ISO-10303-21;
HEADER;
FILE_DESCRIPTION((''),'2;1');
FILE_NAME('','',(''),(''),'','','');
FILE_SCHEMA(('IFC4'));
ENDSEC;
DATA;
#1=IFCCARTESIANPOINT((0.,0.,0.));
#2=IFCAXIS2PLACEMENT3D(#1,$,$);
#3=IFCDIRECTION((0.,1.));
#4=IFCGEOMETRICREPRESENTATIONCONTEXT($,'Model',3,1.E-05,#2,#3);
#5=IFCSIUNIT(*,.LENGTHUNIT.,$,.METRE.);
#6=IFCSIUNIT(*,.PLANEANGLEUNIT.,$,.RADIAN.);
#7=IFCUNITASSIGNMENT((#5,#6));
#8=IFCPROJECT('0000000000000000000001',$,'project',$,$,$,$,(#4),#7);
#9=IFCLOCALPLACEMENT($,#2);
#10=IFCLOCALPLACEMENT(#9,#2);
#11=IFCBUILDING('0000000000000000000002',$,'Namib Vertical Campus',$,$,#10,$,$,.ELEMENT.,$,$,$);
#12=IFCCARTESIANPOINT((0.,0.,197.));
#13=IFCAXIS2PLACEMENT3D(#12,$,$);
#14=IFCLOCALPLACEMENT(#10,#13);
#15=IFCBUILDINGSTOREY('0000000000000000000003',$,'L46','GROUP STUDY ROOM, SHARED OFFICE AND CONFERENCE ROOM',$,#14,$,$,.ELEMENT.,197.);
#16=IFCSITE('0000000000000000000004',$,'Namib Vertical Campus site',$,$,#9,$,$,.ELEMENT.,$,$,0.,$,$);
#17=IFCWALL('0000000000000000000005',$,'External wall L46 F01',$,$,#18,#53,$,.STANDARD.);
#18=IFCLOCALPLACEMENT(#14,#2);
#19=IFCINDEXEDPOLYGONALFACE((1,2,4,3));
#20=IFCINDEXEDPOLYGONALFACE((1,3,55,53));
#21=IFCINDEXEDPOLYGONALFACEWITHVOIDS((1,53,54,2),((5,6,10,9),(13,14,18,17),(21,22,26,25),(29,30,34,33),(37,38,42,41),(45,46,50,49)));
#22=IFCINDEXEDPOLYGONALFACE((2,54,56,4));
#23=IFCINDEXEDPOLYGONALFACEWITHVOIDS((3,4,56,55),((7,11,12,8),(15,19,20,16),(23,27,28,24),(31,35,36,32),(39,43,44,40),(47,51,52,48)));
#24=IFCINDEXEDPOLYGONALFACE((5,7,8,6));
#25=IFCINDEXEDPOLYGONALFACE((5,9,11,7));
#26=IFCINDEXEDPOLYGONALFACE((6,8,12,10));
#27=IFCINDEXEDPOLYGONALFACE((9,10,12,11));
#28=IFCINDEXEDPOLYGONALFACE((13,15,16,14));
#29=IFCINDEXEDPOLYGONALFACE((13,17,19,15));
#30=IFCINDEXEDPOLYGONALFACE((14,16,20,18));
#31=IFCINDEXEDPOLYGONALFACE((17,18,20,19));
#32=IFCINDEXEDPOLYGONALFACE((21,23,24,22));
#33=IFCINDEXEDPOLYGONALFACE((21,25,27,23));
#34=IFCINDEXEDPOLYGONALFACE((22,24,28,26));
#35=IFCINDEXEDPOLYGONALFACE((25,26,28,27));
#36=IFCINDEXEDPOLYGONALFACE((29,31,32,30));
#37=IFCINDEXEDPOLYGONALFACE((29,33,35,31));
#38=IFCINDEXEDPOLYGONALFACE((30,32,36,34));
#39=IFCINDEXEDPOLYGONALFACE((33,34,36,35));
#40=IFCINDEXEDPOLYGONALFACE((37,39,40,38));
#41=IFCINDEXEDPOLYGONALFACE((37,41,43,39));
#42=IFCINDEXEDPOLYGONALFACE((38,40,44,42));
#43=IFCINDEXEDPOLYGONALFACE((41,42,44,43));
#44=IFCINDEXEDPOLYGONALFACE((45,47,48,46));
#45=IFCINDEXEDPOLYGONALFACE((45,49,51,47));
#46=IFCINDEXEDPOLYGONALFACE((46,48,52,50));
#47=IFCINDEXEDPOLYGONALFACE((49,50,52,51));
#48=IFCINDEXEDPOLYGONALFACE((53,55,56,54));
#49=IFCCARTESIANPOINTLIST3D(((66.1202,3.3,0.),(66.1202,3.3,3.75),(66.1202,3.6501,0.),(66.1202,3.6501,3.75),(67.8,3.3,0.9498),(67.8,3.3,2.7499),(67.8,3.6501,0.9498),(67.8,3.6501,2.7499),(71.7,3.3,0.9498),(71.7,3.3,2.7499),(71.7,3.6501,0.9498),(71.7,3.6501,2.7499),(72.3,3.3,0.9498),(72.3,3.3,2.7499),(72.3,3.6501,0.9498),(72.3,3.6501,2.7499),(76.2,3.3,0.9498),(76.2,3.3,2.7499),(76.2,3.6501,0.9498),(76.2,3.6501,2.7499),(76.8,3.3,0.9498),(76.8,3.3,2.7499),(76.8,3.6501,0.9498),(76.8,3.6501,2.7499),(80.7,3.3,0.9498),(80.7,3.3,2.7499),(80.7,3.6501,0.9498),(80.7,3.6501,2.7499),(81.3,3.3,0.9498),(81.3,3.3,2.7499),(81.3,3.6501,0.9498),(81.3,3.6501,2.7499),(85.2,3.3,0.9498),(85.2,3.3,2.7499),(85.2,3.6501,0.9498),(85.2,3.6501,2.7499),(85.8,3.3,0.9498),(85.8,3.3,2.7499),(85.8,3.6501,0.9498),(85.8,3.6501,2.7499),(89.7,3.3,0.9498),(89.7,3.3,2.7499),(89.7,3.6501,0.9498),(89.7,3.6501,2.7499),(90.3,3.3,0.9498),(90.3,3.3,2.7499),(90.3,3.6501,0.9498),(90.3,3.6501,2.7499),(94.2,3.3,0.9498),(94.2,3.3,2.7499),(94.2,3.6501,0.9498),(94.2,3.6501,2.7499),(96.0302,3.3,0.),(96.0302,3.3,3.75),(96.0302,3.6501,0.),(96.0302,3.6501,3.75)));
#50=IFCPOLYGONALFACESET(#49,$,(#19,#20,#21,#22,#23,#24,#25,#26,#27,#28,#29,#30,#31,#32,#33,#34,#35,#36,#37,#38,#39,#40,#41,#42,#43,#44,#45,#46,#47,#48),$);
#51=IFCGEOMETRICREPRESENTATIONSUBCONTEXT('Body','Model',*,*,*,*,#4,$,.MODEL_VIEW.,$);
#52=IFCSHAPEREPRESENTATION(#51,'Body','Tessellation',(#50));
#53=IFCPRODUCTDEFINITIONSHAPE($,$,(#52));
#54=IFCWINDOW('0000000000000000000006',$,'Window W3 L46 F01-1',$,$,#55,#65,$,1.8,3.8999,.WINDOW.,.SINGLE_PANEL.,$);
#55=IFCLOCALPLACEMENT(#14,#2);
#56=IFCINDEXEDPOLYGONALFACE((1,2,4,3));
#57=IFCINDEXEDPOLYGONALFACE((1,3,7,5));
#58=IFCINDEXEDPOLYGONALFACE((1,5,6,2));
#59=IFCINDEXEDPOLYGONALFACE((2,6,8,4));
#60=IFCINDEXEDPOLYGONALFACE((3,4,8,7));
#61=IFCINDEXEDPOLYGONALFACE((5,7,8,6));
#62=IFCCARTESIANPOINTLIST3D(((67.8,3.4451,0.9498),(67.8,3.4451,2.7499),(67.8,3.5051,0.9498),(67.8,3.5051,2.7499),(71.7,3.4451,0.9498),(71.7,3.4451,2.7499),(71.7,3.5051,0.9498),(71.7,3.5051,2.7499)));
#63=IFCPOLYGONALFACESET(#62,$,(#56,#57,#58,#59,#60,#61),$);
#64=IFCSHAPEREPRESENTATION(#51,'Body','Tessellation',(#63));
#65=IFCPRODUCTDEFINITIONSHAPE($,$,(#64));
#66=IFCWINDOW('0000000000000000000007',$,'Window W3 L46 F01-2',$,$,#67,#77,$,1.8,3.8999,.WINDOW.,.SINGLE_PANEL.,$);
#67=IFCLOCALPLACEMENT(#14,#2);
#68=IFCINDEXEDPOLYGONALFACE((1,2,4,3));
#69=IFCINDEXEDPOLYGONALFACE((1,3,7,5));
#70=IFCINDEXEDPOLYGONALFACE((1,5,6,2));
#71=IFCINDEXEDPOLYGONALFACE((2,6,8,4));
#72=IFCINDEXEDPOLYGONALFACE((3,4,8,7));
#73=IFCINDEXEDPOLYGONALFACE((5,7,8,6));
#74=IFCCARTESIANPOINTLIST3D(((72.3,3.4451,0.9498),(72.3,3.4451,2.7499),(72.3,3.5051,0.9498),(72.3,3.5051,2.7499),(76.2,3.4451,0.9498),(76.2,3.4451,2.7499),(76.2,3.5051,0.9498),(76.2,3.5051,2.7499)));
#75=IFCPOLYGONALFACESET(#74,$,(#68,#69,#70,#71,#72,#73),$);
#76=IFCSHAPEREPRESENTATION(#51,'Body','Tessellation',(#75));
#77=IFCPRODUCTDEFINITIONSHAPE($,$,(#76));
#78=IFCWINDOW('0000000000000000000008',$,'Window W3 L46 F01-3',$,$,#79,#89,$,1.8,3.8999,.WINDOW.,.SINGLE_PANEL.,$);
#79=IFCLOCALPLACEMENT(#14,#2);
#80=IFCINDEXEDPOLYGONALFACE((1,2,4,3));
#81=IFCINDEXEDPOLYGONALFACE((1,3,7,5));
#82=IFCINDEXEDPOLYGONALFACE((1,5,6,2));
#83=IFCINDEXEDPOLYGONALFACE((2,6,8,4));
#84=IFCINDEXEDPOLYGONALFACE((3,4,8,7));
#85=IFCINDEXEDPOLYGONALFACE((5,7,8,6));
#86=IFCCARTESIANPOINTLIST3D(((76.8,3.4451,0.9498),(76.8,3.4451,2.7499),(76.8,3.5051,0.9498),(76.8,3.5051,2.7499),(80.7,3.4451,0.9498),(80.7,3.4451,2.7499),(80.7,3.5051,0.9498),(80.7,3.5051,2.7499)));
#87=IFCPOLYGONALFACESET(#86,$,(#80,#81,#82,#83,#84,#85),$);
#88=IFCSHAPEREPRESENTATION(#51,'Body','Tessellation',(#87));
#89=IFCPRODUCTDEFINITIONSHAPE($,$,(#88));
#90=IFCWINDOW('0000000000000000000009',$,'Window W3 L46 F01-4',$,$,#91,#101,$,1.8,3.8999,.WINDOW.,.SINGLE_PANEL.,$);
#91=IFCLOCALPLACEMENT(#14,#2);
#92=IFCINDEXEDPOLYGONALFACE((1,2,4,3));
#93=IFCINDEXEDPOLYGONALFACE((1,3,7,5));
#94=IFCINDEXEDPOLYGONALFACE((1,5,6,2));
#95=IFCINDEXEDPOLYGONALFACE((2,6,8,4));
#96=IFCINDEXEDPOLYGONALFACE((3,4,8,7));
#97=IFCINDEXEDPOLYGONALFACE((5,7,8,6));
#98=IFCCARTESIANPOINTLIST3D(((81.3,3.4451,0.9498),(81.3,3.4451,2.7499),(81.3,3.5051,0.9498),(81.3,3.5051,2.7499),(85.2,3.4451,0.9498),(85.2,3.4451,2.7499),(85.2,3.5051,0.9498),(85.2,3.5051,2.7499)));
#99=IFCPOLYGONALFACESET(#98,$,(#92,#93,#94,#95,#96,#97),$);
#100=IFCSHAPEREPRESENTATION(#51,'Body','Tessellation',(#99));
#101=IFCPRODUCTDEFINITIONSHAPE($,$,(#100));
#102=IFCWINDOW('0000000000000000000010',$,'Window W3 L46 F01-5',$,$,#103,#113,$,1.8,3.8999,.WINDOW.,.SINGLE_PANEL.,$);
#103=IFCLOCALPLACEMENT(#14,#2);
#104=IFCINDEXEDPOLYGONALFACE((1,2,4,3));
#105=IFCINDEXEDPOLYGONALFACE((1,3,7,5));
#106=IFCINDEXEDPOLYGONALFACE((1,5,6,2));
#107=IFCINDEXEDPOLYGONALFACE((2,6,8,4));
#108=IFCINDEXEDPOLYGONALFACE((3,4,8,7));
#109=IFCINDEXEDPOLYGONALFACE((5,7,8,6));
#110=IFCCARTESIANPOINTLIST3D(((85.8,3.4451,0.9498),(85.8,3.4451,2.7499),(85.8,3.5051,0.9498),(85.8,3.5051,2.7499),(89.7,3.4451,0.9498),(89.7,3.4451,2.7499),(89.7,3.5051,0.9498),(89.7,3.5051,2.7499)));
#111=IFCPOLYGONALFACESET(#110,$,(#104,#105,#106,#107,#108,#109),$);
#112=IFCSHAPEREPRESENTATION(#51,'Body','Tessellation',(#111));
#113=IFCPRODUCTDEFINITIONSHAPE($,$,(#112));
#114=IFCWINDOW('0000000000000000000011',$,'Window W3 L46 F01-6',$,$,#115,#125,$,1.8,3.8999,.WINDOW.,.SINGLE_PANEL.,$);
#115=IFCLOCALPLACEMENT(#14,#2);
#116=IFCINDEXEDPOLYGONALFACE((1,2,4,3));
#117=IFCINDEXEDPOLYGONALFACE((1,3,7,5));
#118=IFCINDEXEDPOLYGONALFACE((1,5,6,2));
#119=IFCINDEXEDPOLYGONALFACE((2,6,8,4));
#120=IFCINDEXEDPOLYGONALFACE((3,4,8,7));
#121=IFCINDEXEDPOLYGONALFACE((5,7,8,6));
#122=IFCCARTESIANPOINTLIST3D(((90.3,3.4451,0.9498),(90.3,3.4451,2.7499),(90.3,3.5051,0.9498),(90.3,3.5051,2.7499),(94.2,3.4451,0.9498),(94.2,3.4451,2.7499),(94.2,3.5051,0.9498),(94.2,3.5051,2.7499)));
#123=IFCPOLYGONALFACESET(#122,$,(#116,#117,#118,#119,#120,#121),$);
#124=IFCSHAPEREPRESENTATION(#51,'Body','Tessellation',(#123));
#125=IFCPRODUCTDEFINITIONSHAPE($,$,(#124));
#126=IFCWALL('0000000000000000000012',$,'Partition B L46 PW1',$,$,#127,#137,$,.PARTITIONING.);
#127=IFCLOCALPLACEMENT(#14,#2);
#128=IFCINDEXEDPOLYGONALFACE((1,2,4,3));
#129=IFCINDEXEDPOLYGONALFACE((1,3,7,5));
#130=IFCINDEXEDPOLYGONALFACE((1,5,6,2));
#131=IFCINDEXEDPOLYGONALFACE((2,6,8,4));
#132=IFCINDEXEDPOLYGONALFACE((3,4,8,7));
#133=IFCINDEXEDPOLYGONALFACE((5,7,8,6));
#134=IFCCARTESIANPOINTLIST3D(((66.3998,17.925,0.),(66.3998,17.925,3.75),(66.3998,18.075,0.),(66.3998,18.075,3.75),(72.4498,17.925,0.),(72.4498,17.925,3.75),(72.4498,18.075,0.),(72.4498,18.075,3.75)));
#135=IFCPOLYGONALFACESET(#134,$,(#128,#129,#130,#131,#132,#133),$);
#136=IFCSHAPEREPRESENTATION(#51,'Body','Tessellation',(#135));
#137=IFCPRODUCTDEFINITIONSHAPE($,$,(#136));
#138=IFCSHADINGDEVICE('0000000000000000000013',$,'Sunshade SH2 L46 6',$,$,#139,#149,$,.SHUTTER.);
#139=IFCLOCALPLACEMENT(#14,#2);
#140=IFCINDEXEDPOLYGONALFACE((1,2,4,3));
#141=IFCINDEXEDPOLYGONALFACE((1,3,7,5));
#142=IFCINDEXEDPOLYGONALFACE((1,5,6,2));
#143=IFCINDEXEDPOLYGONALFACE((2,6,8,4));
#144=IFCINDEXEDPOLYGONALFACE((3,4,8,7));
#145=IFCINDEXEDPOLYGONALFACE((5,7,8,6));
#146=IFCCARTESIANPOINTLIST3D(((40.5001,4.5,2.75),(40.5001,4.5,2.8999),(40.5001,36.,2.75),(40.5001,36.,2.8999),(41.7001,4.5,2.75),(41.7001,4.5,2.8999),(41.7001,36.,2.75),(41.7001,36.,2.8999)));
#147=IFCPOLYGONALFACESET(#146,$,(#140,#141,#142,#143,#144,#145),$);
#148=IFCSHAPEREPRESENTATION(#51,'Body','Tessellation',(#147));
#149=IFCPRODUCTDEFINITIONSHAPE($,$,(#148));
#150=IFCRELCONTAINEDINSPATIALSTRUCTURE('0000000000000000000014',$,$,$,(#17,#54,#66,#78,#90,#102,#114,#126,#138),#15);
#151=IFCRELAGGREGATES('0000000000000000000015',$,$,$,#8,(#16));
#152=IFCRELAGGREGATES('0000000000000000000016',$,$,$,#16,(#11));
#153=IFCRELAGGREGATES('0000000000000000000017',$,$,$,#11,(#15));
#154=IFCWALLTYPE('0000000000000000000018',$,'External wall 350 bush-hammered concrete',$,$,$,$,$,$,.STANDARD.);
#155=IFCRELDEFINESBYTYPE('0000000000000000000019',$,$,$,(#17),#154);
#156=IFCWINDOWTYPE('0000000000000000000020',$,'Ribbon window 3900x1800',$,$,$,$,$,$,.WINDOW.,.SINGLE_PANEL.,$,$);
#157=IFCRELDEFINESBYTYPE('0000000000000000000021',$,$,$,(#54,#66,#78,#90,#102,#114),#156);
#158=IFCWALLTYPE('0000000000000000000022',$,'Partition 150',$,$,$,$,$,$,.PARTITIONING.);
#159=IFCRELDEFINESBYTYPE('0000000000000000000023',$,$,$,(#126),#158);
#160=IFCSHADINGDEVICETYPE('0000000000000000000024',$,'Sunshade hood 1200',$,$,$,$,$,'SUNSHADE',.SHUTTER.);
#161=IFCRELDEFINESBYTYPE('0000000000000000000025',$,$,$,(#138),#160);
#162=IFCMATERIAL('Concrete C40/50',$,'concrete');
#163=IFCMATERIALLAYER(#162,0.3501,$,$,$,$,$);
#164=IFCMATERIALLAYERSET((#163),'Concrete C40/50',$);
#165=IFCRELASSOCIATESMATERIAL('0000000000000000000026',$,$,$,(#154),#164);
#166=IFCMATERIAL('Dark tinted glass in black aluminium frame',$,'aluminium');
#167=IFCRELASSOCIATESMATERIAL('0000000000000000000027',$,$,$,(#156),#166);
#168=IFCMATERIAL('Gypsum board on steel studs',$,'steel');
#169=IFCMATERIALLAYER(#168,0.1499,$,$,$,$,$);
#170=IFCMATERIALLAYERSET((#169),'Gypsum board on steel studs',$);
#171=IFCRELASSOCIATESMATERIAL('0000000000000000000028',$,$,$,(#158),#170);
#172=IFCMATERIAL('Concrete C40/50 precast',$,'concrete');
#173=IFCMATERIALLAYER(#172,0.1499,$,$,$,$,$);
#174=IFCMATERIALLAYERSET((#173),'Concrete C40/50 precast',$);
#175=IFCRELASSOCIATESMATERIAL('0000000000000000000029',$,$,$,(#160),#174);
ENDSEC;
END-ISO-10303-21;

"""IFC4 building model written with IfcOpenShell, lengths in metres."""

from ifc_helpers import new_model, si_unit, direction, frame, frame_2d, origin, origin_2d, place, context, subcontext, project, spatial, rectangle, extrude, material, layer, layer_set, type_object, element, fill, save


model = new_model("IFC4")

# Units and contexts
model_context = context("Model", 3, precision=1e-05, world=origin(), true_north=direction((0.0, 1.0)))
body_context = subcontext(model_context, "Body", "Model", "MODEL_VIEW")
ifc_project = project(units=[si_unit("LENGTHUNIT", "METRE"), si_unit("PLANEANGLEUNIT", "RADIAN")], contexts=[model_context])

# Site, building, storey
site_placement = place(None, origin())
site = spatial("IfcSite", under=ifc_project, at=site_placement, Name="Namib Vertical Campus site", CompositionType="ELEMENT", RefElevation=0.0)
building_placement = place(site_placement, origin())
building = spatial("IfcBuilding", under=site, at=building_placement, Name="Namib Vertical Campus", CompositionType="ELEMENT")
storey_placement = place(building_placement, frame((0.0, 0.0, 197.0)))
storey = spatial("IfcBuildingStorey", under=building, at=storey_placement, Name="L46", Description="GROUP STUDY ROOM, SHARED OFFICE AND CONFERENCE ROOM", CompositionType="ELEMENT", Elevation=197.0)

# Wall, openings, windows
ifc_material_1 = material(Name="Concrete C40/50", Category="concrete")
ifc_layer_1 = layer(ifc_material_1, 0.3501)
ifc_layer_set_1 = layer_set([ifc_layer_1], Name="Concrete C40/50")
wall_type_1 = type_object("IfcWallType", Name="External wall 350 bush-hammered concrete", PredefinedType="STANDARD", material=ifc_layer_set_1)
wall_1_placement = place(storey_placement, frame((66.1201, 3.4751, 0.0), z_axis=(0.0, 0.0, 1.0), x_axis=(1.0, 0.0, 0.0)))
wall_1 = element("IfcWall", 1, at=wall_1_placement, inside=storey, type_object=wall_type_1, Name="External wall L46 F01", PredefinedType="STANDARD", context=body_context, shape_type="SweptSolid", body=[
    extrude(rectangle(XDim=29.9099, YDim=0.3501, at=frame_2d((14.9551, 0.0))), origin(), (0.0, 0.0, 1.0), 3.75),
])
opening_1_placement = place(wall_1_placement, frame((1.6799, 0.0, 0.95)))
opening_1 = element("IfcOpeningElement", 2, at=opening_1_placement, cuts=wall_1, PredefinedType="OPENING", context=body_context, shape_type="SweptSolid", body=[
    extrude(rectangle(XDim=3.8999, YDim=1.8, at=frame_2d((1.95, 0.8999))), frame((0.0, 0.1851, 0.0), z_axis=(0.0, -1.0, 0.0), x_axis=(1.0, 0.0, 0.0)), (0.0, 0.0, 1.0), 0.3701),
])
opening_2_placement = place(wall_1_placement, frame((6.1799, 0.0, 0.95)))
opening_2 = element("IfcOpeningElement", 3, at=opening_2_placement, cuts=wall_1, PredefinedType="OPENING", context=body_context, shape_type="SweptSolid", body=[
    extrude(rectangle(XDim=3.8999, YDim=1.8, at=frame_2d((1.95, 0.8999))), frame((0.0, 0.1851, 0.0), z_axis=(0.0, -1.0, 0.0), x_axis=(1.0, 0.0, 0.0)), (0.0, 0.0, 1.0), 0.3701),
])
opening_3_placement = place(wall_1_placement, frame((10.6799, 0.0, 0.95)))
opening_3 = element("IfcOpeningElement", 4, at=opening_3_placement, cuts=wall_1, PredefinedType="OPENING", context=body_context, shape_type="SweptSolid", body=[
    extrude(rectangle(XDim=3.8999, YDim=1.8, at=frame_2d((1.95, 0.8999))), frame((0.0, 0.1851, 0.0), z_axis=(0.0, -1.0, 0.0), x_axis=(1.0, 0.0, 0.0)), (0.0, 0.0, 1.0), 0.3701),
])
opening_4_placement = place(wall_1_placement, frame((15.1799, 0.0, 0.95)))
opening_4 = element("IfcOpeningElement", 5, at=opening_4_placement, cuts=wall_1, PredefinedType="OPENING", context=body_context, shape_type="SweptSolid", body=[
    extrude(rectangle(XDim=3.8999, YDim=1.8, at=frame_2d((1.95, 0.8999))), frame((0.0, 0.1851, 0.0), z_axis=(0.0, -1.0, 0.0), x_axis=(1.0, 0.0, 0.0)), (0.0, 0.0, 1.0), 0.3701),
])
opening_5_placement = place(wall_1_placement, frame((19.6799, 0.0, 0.95)))
opening_5 = element("IfcOpeningElement", 6, at=opening_5_placement, cuts=wall_1, PredefinedType="OPENING", context=body_context, shape_type="SweptSolid", body=[
    extrude(rectangle(XDim=3.8999, YDim=1.8, at=frame_2d((1.95, 0.8999))), frame((0.0, 0.1851, 0.0), z_axis=(0.0, -1.0, 0.0), x_axis=(1.0, 0.0, 0.0)), (0.0, 0.0, 1.0), 0.3701),
])
opening_6_placement = place(wall_1_placement, frame((24.1799, 0.0, 0.95)))
opening_6 = element("IfcOpeningElement", 7, at=opening_6_placement, cuts=wall_1, PredefinedType="OPENING", context=body_context, shape_type="SweptSolid", body=[
    extrude(rectangle(XDim=3.8999, YDim=1.8, at=frame_2d((1.95, 0.8999))), frame((0.0, 0.1851, 0.0), z_axis=(0.0, -1.0, 0.0), x_axis=(1.0, 0.0, 0.0)), (0.0, 0.0, 1.0), 0.3701),
])
ifc_material_2 = material(Name="Dark tinted glass in black aluminium frame", Category="aluminium")
window_type = type_object("IfcWindowType", Name="Ribbon window 3900x1800", PartitioningType="SINGLE_PANEL", PredefinedType="WINDOW", material=ifc_material_2)
window_1_placement = place(opening_1_placement, origin())
window_1 = element("IfcWindow", 8, at=window_1_placement, inside=storey, type_object=window_type, Name="Window W3 L46 F01-1", OverallHeight=1.8, OverallWidth=3.8999, PartitioningType="SINGLE_PANEL", PredefinedType="WINDOW", context=body_context, shape_type="SweptSolid", body=[
    extrude(rectangle(XDim=3.8999, YDim=1.8, at=frame_2d((1.95, 0.8999))), frame((0.0, 0.03, 0.0), z_axis=(0.0, -1.0, 0.0), x_axis=(1.0, 0.0, 0.0)), (0.0, 0.0, 1.0), 0.0601),
])
fill(opening_1, window_1)
window_2_placement = place(opening_2_placement, origin())
window_2 = element("IfcWindow", 9, at=window_2_placement, inside=storey, type_object=window_type, Name="Window W3 L46 F01-2", OverallHeight=1.8, OverallWidth=3.8999, PartitioningType="SINGLE_PANEL", PredefinedType="WINDOW", context=body_context, shape_type="SweptSolid", body=[
    extrude(rectangle(XDim=3.8999, YDim=1.8, at=frame_2d((1.95, 0.8999))), frame((0.0, 0.03, 0.0), z_axis=(0.0, -1.0, 0.0), x_axis=(1.0, 0.0, 0.0)), (0.0, 0.0, 1.0), 0.0601),
])
fill(opening_2, window_2)
window_3_placement = place(opening_3_placement, origin())
window_3 = element("IfcWindow", 10, at=window_3_placement, inside=storey, type_object=window_type, Name="Window W3 L46 F01-3", OverallHeight=1.8, OverallWidth=3.8999, PartitioningType="SINGLE_PANEL", PredefinedType="WINDOW", context=body_context, shape_type="SweptSolid", body=[
    extrude(rectangle(XDim=3.8999, YDim=1.8, at=frame_2d((1.95, 0.8999))), frame((0.0, 0.03, 0.0), z_axis=(0.0, -1.0, 0.0), x_axis=(1.0, 0.0, 0.0)), (0.0, 0.0, 1.0), 0.0601),
])
fill(opening_3, window_3)
window_4_placement = place(opening_4_placement, origin())
window_4 = element("IfcWindow", 11, at=window_4_placement, inside=storey, type_object=window_type, Name="Window W3 L46 F01-4", OverallHeight=1.8, OverallWidth=3.8999, PartitioningType="SINGLE_PANEL", PredefinedType="WINDOW", context=body_context, shape_type="SweptSolid", body=[
    extrude(rectangle(XDim=3.8999, YDim=1.8, at=frame_2d((1.95, 0.8999))), frame((0.0, 0.03, 0.0), z_axis=(0.0, -1.0, 0.0), x_axis=(1.0, 0.0, 0.0)), (0.0, 0.0, 1.0), 0.0601),
])
fill(opening_4, window_4)
window_5_placement = place(opening_5_placement, origin())
window_5 = element("IfcWindow", 12, at=window_5_placement, inside=storey, type_object=window_type, Name="Window W3 L46 F01-5", OverallHeight=1.8, OverallWidth=3.8999, PartitioningType="SINGLE_PANEL", PredefinedType="WINDOW", context=body_context, shape_type="SweptSolid", body=[
    extrude(rectangle(XDim=3.8999, YDim=1.8, at=frame_2d((1.95, 0.8999))), frame((0.0, 0.03, 0.0), z_axis=(0.0, -1.0, 0.0), x_axis=(1.0, 0.0, 0.0)), (0.0, 0.0, 1.0), 0.0601),
])
fill(opening_5, window_5)
window_6_placement = place(opening_6_placement, origin())
window_6 = element("IfcWindow", 13, at=window_6_placement, inside=storey, type_object=window_type, Name="Window W3 L46 F01-6", OverallHeight=1.8, OverallWidth=3.8999, PartitioningType="SINGLE_PANEL", PredefinedType="WINDOW", context=body_context, shape_type="SweptSolid", body=[
    extrude(rectangle(XDim=3.8999, YDim=1.8, at=frame_2d((1.95, 0.8999))), frame((0.0, 0.03, 0.0), z_axis=(0.0, -1.0, 0.0), x_axis=(1.0, 0.0, 0.0)), (0.0, 0.0, 1.0), 0.0601),
])
fill(opening_6, window_6)

# Wall
ifc_material_3 = material(Name="Gypsum board on steel studs", Category="steel")
ifc_layer_2 = layer(ifc_material_3, 0.1499)
ifc_layer_set_2 = layer_set([ifc_layer_2], Name="Gypsum board on steel studs")
wall_type_2 = type_object("IfcWallType", Name="Partition 150", PredefinedType="PARTITIONING", material=ifc_layer_set_2)
wall_2_placement = place(storey_placement, frame((66.3999, 18.0, 0.0), z_axis=(0.0, 0.0, 1.0), x_axis=(1.0, 0.0, 0.0)))
element("IfcWall", 14, at=wall_2_placement, inside=storey, type_object=wall_type_2, Name="Partition B L46 PW1", PredefinedType="PARTITIONING", context=body_context, shape_type="SweptSolid", body=[
    extrude(rectangle(XDim=6.05, YDim=0.1499, at=frame_2d((3.0249, 0.0))), origin(), (0.0, 0.0, 1.0), 3.75),
])

# Shading device
ifc_material_4 = material(Name="Concrete C40/50 precast", Category="concrete")
ifc_layer_3 = layer(ifc_material_4, 0.1499)
ifc_layer_set_3 = layer_set([ifc_layer_3], Name="Concrete C40/50 precast")
shading_device_type = type_object("IfcShadingDeviceType", Name="Sunshade hood 1200", ElementType="SUNSHADE", PredefinedType="SHUTTER", material=ifc_layer_set_3)
shading_device_placement = place(storey_placement, frame((41.1001, 20.25, 2.75), z_axis=(0.0, 0.0, 1.0), x_axis=(0.0, 1.0, 0.0)))
element("IfcShadingDevice", 15, at=shading_device_placement, inside=storey, type_object=shading_device_type, Name="Sunshade SH2 L46 6", PredefinedType="SHUTTER", context=body_context, shape_type="SweptSolid", body=[
    extrude(rectangle(XDim=31.5, YDim=1.2, at=origin_2d()), origin(), (0.0, 0.0, 1.0), 0.1499),
])

save(model, "model.ifc")
